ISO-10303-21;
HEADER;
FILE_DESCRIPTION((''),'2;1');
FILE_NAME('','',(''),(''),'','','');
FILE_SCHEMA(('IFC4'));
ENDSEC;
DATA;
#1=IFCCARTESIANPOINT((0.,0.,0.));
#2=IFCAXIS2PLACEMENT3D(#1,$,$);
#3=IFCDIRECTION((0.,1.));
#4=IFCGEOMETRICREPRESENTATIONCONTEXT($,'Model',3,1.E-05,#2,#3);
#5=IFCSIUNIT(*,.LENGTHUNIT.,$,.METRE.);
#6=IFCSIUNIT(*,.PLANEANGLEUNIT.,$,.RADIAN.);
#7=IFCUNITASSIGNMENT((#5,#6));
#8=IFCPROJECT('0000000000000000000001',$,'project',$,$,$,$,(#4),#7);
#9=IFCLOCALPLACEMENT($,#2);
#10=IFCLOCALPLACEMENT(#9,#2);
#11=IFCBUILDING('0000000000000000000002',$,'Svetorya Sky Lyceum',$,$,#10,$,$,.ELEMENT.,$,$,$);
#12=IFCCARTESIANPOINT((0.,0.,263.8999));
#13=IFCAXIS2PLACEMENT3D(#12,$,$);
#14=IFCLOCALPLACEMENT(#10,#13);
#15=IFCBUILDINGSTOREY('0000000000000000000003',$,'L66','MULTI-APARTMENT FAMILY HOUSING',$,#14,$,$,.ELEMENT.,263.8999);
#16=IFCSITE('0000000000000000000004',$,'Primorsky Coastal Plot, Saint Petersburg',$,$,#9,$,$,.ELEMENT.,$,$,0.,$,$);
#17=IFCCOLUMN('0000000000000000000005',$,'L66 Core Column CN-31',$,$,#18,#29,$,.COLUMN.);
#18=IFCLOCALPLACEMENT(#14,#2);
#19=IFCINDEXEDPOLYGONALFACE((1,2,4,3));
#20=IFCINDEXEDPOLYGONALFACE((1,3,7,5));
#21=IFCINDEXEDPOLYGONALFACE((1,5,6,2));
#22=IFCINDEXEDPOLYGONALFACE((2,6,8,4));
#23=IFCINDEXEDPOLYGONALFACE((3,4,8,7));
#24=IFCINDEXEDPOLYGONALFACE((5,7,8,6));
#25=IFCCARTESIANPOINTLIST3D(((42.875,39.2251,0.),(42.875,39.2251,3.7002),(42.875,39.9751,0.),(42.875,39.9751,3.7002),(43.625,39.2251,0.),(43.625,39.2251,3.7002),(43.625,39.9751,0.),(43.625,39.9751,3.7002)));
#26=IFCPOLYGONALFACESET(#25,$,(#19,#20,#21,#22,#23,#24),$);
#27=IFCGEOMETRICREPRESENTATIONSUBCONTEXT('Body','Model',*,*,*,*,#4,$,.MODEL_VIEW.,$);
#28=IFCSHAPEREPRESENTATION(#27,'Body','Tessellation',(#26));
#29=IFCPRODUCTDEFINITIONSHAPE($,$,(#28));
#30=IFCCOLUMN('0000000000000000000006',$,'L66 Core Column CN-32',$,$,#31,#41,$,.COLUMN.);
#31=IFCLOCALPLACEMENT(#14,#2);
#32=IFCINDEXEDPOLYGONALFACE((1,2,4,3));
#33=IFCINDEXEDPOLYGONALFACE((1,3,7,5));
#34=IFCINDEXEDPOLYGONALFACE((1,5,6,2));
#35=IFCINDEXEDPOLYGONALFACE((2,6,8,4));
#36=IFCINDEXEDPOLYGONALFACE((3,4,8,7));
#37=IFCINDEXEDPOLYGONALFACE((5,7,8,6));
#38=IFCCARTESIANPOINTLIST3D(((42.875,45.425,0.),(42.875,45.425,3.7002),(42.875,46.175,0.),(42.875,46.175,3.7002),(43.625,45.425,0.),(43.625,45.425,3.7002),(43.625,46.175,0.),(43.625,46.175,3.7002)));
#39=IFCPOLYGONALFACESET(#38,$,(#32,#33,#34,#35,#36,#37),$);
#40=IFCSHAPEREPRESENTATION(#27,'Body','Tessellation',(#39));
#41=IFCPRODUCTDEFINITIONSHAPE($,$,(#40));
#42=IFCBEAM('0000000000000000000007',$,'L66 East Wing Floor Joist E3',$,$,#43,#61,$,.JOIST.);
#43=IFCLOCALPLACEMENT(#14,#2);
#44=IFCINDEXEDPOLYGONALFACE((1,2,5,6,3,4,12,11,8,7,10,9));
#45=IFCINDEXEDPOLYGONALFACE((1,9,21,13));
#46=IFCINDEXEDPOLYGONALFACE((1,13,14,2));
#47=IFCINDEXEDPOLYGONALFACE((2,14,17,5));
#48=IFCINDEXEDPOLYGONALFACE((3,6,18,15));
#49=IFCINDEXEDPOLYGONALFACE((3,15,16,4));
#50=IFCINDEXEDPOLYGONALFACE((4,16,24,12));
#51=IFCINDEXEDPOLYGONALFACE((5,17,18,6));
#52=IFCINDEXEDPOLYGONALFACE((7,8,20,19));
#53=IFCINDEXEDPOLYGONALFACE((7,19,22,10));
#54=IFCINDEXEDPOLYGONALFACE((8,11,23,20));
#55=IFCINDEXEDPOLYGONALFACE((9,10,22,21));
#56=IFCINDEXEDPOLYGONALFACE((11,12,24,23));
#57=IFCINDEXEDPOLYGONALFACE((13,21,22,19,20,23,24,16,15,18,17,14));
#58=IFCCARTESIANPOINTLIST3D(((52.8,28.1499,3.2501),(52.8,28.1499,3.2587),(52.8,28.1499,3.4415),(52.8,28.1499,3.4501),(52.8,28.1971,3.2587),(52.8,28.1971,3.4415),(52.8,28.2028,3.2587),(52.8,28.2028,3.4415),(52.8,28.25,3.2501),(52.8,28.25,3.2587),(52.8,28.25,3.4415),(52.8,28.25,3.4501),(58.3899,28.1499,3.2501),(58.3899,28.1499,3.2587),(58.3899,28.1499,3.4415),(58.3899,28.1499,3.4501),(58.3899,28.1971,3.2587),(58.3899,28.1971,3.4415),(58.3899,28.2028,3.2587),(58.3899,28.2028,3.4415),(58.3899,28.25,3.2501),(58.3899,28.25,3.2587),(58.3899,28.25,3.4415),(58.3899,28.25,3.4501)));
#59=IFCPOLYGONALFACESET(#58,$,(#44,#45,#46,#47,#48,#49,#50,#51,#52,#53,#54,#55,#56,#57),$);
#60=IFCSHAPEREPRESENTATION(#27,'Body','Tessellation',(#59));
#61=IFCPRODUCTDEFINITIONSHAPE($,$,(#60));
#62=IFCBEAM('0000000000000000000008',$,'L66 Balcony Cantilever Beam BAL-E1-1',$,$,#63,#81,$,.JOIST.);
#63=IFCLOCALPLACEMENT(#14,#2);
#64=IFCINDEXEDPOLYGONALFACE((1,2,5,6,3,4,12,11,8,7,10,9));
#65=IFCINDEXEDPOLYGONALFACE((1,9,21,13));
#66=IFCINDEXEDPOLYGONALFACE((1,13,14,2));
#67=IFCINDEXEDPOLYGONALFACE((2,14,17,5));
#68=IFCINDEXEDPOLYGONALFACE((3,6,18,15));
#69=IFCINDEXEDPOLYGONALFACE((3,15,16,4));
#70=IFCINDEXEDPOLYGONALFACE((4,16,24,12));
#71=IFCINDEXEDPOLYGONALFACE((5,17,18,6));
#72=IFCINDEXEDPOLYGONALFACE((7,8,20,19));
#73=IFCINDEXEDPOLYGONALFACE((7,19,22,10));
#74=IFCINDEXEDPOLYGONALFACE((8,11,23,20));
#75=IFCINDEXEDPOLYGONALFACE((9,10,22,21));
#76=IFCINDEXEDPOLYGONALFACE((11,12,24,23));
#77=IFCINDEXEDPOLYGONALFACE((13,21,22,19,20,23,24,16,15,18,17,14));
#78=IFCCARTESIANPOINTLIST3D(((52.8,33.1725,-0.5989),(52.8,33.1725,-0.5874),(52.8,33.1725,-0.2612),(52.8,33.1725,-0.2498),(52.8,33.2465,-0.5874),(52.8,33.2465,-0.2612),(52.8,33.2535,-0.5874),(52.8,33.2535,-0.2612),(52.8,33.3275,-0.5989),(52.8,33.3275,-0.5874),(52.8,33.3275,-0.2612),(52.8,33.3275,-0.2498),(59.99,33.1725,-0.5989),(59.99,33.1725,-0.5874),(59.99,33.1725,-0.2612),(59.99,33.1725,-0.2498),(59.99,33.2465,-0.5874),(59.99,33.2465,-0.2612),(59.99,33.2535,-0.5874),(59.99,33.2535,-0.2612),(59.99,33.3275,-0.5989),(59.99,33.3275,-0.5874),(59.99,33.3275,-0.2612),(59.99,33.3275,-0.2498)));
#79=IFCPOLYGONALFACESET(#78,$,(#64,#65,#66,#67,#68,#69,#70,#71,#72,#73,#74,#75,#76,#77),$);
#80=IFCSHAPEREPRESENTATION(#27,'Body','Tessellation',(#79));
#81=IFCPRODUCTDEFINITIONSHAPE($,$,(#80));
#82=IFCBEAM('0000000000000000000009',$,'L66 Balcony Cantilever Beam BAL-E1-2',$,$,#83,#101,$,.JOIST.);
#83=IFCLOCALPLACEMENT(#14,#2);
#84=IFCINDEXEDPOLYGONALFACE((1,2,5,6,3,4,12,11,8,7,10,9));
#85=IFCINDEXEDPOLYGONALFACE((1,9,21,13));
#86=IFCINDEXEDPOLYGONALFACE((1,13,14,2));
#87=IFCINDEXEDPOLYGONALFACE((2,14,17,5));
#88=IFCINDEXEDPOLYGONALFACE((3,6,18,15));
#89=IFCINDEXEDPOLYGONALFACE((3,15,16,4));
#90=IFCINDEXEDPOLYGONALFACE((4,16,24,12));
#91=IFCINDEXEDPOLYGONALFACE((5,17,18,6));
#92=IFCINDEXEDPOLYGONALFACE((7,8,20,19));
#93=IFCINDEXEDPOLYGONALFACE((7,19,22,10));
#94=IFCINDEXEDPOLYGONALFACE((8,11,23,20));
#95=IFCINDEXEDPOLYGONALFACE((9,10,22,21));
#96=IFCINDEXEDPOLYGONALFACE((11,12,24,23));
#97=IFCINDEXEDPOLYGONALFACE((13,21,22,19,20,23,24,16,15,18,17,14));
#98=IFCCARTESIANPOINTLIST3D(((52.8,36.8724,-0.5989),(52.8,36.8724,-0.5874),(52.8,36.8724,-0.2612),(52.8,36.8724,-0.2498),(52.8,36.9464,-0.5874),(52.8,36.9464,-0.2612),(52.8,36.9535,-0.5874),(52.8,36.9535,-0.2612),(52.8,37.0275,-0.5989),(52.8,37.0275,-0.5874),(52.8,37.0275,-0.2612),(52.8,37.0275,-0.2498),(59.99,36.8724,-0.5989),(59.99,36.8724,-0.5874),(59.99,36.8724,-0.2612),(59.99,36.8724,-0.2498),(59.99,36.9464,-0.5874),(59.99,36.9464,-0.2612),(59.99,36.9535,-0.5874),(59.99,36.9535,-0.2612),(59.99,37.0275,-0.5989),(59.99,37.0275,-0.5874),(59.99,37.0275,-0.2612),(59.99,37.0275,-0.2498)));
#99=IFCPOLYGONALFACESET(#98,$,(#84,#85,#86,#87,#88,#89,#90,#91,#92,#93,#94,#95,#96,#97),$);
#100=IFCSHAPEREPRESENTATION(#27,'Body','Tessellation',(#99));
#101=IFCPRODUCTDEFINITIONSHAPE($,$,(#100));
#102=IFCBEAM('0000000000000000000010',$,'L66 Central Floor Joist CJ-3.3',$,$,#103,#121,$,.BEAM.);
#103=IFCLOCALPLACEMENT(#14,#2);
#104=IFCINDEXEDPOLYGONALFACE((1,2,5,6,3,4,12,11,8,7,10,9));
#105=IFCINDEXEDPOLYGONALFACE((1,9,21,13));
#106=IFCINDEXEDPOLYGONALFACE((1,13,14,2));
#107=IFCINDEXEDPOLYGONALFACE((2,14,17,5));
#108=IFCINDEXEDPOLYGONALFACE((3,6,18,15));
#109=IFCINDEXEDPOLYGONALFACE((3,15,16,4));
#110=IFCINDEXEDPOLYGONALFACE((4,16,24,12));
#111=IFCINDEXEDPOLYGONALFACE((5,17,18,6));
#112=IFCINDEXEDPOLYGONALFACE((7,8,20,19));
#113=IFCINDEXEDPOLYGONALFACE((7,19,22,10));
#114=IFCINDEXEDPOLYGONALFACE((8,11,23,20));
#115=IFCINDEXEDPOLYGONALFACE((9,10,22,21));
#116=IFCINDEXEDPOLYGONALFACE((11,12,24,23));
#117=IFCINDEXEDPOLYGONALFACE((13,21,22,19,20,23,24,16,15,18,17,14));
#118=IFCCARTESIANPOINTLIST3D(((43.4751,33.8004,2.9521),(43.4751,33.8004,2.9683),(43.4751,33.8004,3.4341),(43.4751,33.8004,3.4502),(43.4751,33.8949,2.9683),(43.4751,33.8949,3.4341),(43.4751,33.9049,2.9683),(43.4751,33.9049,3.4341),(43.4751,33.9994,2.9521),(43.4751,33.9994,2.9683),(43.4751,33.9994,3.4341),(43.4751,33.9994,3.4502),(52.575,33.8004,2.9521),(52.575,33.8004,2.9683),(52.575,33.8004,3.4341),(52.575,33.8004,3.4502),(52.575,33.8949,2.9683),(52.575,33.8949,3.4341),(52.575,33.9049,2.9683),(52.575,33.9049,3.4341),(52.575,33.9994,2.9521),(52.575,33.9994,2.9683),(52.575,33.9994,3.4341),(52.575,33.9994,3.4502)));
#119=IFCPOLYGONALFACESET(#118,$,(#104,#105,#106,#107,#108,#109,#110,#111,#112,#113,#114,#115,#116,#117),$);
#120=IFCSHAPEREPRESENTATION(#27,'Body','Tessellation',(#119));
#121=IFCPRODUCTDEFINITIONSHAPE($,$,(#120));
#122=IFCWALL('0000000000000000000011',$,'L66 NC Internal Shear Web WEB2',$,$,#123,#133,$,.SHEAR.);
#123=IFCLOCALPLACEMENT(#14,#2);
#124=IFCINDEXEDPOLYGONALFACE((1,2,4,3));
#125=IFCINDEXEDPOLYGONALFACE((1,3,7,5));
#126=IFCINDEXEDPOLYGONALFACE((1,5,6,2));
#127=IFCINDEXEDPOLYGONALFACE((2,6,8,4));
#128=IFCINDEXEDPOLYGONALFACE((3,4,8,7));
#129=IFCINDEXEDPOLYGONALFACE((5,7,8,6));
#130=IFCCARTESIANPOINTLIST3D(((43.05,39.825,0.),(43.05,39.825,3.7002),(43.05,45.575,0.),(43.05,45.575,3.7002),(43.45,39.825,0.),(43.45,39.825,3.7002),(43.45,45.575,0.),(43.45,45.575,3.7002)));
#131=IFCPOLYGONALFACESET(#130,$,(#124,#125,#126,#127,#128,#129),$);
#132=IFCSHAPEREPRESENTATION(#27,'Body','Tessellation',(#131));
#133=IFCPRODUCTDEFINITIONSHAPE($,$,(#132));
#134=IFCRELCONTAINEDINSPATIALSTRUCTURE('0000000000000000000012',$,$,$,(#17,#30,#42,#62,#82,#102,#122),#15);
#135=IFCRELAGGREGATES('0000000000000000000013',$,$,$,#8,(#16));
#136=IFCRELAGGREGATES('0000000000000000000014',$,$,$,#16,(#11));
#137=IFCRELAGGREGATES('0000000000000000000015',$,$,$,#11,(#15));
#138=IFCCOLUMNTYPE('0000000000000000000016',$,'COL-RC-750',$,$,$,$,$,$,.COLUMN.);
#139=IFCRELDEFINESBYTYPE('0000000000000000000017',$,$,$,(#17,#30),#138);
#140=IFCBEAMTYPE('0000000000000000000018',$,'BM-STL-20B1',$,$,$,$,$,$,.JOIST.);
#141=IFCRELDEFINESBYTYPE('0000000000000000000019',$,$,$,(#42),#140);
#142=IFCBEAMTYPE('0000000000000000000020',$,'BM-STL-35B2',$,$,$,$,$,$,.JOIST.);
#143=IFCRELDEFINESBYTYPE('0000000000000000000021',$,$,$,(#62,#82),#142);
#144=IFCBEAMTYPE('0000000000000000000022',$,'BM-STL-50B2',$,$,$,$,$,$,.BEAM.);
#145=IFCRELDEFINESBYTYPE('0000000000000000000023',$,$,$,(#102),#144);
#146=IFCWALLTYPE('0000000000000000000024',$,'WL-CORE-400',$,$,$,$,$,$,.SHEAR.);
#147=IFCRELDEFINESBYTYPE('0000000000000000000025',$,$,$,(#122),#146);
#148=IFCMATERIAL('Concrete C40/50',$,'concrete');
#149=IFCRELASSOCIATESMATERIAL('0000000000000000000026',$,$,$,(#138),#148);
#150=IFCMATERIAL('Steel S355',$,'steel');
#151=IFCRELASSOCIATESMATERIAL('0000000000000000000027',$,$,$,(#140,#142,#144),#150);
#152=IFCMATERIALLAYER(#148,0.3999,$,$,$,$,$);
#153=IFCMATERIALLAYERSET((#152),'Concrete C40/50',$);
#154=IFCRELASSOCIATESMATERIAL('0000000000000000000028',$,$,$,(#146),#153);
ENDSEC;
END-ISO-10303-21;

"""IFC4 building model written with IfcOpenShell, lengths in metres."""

from ifc_helpers import new_model, si_unit, direction, frame, frame_2d, origin, origin_2d, place, context, subcontext, project, spatial, rectangle, i_section, extrude, material, layer, layer_set, material_profile, profile_set, type_object, element, save


model = new_model("IFC4")

# Units and contexts
model_context = context("Model", 3, precision=1e-05, world=origin(), true_north=direction((0.0, 1.0)))
body_context = subcontext(model_context, "Body", "Model", "MODEL_VIEW")
ifc_project = project(units=[si_unit("LENGTHUNIT", "METRE"), si_unit("PLANEANGLEUNIT", "RADIAN")], contexts=[model_context])

# Site, building, storey
site_placement = place(None, origin())
site = spatial("IfcSite", under=ifc_project, at=site_placement, Name="Primorsky Coastal Plot, Saint Petersburg", CompositionType="ELEMENT", RefElevation=0.0)
building_placement = place(site_placement, origin())
building = spatial("IfcBuilding", under=site, at=building_placement, Name="Svetorya Sky Lyceum", CompositionType="ELEMENT")
storey_placement = place(building_placement, frame((0.0, 0.0, 263.8999)))
storey = spatial("IfcBuildingStorey", under=building, at=storey_placement, Name="L66", Description="MULTI-APARTMENT FAMILY HOUSING", CompositionType="ELEMENT", Elevation=263.8999)

# Columns
ifc_material_1 = material(Name="Concrete C40/50", Category="concrete")
ifc_material_profile_1 = material_profile(ifc_material_1, rectangle(XDim=0.75, YDim=0.75, at=origin_2d()), Name="RC COL 750x750")
ifc_profile_set_1 = profile_set([ifc_material_profile_1], Name="Concrete C40/50")
column_type = type_object("IfcColumnType", Name="COL-RC-750", PredefinedType="COLUMN", material=ifc_profile_set_1)
for number, where, z_axis, x_axis, name in (
    (1, (43.25, 39.6001, 0.0), (0.0, 0.0, 1.0), (1.0, 0.0, 0.0), "L66 Core Column CN-31"),
    (2, (43.25, 45.8, 0.0), (0.0, 0.0, 1.0), (1.0, 0.0, 0.0), "L66 Core Column CN-32"),
):
    element("IfcColumn", number, at=place(storey_placement, frame(where, z_axis=z_axis, x_axis=x_axis)), inside=storey, type_object=column_type, Name=name, PredefinedType="COLUMN", context=body_context, shape_type="SweptSolid", body=[
        extrude(rectangle(XDim=0.75, YDim=0.75, at=origin_2d()), origin(), (0.0, 0.0, 1.0), 3.7002),
    ])

# Beams
ifc_material_2 = material(Name="Steel S355", Category="steel")
ifc_material_profile_2 = material_profile(ifc_material_2, i_section(OverallWidth=0.1001, OverallDepth=0.2, WebThickness=0.0056, FlangeThickness=0.0085, at=origin_2d()), Name="GOST 20B1")
ifc_profile_set_2 = profile_set([ifc_material_profile_2], Name="Steel S355")
beam_type_1 = type_object("IfcBeamType", Name="BM-STL-20B1", PredefinedType="JOIST", material=ifc_profile_set_2)
beam_1_placement = place(storey_placement, frame((52.8, 28.2, 3.3501), z_axis=(1.0, 0.0, 0.0), x_axis=(0.0, 1.0, 0.0)))
element("IfcBeam", 3, at=beam_1_placement, inside=storey, type_object=beam_type_1, Name="L66 East Wing Floor Joist E3", PredefinedType="JOIST", context=body_context, shape_type="SweptSolid", body=[
    extrude(i_section(OverallWidth=0.1001, OverallDepth=0.2, WebThickness=0.0056, FlangeThickness=0.0085, at=origin_2d()), origin(), (0.0, 0.0, 1.0), 5.5898),
])
ifc_material_profile_3 = material_profile(ifc_material_2, i_section(OverallWidth=0.155, OverallDepth=0.3491, WebThickness=0.0071, FlangeThickness=0.0115, at=origin_2d()), Name="GOST 35B2")
ifc_profile_set_3 = profile_set([ifc_material_profile_3], Name="Steel S355")
beam_type_2 = type_object("IfcBeamType", Name="BM-STL-35B2", PredefinedType="JOIST", material=ifc_profile_set_3)
for number, where, z_axis, x_axis, name in (
    (4, (52.8, 33.25, -0.4243), (1.0, 0.0, 0.0), (0.0, 1.0, 0.0), "L66 Balcony Cantilever Beam BAL-E1-1"),
    (5, (52.8, 36.95, -0.4243), (1.0, 0.0, 0.0), (0.0, 1.0, 0.0), "L66 Balcony Cantilever Beam BAL-E1-2"),
):
    element("IfcBeam", number, at=place(storey_placement, frame(where, z_axis=z_axis, x_axis=x_axis)), inside=storey, type_object=beam_type_2, Name=name, PredefinedType="JOIST", context=body_context, shape_type="SweptSolid", body=[
        extrude(i_section(OverallWidth=0.155, OverallDepth=0.3491, WebThickness=0.0071, FlangeThickness=0.0115, at=origin_2d()), origin(), (0.0, 0.0, 1.0), 7.1899),
    ])
ifc_material_profile_4 = material_profile(ifc_material_2, i_section(OverallWidth=0.199, OverallDepth=0.498, WebThickness=0.01, FlangeThickness=0.0161, at=origin_2d()), Name="GOST 50B2")
ifc_profile_set_4 = profile_set([ifc_material_profile_4], Name="Steel S355")
beam_type_3 = type_object("IfcBeamType", Name="BM-STL-50B2", PredefinedType="BEAM", material=ifc_profile_set_4)
beam_2_placement = place(storey_placement, frame((43.4751, 33.8999, 3.2012), z_axis=(1.0, 0.0, 0.0), x_axis=(0.0, 1.0, 0.0)))
element("IfcBeam", 6, at=beam_2_placement, inside=storey, type_object=beam_type_3, Name="L66 Central Floor Joist CJ-3.3", PredefinedType="BEAM", context=body_context, shape_type="SweptSolid", body=[
    extrude(i_section(OverallWidth=0.199, OverallDepth=0.498, WebThickness=0.01, FlangeThickness=0.0161, at=origin_2d()), origin(), (0.0, 0.0, 1.0), 9.0999),
])

# Wall
ifc_layer_1 = layer(ifc_material_1, 0.3999)
ifc_layer_set_1 = layer_set([ifc_layer_1], Name="Concrete C40/50")
wall_type_1 = type_object("IfcWallType", Name="WL-CORE-400", PredefinedType="SHEAR", material=ifc_layer_set_1)
wall_1_placement = place(storey_placement, frame((43.25, 39.825, 0.0), z_axis=(0.0, 0.0, 1.0), x_axis=(0.0, 1.0, 0.0)))
element("IfcWall", 7, at=wall_1_placement, inside=storey, type_object=wall_type_1, Name="L66 NC Internal Shear Web WEB2", PredefinedType="SHEAR", context=body_context, shape_type="SweptSolid", body=[
    extrude(rectangle(XDim=5.75, YDim=0.3999, at=frame_2d((2.875, 0.0))), origin(), (0.0, 0.0, 1.0), 3.7002),
])

save(model, "model.ifc")
